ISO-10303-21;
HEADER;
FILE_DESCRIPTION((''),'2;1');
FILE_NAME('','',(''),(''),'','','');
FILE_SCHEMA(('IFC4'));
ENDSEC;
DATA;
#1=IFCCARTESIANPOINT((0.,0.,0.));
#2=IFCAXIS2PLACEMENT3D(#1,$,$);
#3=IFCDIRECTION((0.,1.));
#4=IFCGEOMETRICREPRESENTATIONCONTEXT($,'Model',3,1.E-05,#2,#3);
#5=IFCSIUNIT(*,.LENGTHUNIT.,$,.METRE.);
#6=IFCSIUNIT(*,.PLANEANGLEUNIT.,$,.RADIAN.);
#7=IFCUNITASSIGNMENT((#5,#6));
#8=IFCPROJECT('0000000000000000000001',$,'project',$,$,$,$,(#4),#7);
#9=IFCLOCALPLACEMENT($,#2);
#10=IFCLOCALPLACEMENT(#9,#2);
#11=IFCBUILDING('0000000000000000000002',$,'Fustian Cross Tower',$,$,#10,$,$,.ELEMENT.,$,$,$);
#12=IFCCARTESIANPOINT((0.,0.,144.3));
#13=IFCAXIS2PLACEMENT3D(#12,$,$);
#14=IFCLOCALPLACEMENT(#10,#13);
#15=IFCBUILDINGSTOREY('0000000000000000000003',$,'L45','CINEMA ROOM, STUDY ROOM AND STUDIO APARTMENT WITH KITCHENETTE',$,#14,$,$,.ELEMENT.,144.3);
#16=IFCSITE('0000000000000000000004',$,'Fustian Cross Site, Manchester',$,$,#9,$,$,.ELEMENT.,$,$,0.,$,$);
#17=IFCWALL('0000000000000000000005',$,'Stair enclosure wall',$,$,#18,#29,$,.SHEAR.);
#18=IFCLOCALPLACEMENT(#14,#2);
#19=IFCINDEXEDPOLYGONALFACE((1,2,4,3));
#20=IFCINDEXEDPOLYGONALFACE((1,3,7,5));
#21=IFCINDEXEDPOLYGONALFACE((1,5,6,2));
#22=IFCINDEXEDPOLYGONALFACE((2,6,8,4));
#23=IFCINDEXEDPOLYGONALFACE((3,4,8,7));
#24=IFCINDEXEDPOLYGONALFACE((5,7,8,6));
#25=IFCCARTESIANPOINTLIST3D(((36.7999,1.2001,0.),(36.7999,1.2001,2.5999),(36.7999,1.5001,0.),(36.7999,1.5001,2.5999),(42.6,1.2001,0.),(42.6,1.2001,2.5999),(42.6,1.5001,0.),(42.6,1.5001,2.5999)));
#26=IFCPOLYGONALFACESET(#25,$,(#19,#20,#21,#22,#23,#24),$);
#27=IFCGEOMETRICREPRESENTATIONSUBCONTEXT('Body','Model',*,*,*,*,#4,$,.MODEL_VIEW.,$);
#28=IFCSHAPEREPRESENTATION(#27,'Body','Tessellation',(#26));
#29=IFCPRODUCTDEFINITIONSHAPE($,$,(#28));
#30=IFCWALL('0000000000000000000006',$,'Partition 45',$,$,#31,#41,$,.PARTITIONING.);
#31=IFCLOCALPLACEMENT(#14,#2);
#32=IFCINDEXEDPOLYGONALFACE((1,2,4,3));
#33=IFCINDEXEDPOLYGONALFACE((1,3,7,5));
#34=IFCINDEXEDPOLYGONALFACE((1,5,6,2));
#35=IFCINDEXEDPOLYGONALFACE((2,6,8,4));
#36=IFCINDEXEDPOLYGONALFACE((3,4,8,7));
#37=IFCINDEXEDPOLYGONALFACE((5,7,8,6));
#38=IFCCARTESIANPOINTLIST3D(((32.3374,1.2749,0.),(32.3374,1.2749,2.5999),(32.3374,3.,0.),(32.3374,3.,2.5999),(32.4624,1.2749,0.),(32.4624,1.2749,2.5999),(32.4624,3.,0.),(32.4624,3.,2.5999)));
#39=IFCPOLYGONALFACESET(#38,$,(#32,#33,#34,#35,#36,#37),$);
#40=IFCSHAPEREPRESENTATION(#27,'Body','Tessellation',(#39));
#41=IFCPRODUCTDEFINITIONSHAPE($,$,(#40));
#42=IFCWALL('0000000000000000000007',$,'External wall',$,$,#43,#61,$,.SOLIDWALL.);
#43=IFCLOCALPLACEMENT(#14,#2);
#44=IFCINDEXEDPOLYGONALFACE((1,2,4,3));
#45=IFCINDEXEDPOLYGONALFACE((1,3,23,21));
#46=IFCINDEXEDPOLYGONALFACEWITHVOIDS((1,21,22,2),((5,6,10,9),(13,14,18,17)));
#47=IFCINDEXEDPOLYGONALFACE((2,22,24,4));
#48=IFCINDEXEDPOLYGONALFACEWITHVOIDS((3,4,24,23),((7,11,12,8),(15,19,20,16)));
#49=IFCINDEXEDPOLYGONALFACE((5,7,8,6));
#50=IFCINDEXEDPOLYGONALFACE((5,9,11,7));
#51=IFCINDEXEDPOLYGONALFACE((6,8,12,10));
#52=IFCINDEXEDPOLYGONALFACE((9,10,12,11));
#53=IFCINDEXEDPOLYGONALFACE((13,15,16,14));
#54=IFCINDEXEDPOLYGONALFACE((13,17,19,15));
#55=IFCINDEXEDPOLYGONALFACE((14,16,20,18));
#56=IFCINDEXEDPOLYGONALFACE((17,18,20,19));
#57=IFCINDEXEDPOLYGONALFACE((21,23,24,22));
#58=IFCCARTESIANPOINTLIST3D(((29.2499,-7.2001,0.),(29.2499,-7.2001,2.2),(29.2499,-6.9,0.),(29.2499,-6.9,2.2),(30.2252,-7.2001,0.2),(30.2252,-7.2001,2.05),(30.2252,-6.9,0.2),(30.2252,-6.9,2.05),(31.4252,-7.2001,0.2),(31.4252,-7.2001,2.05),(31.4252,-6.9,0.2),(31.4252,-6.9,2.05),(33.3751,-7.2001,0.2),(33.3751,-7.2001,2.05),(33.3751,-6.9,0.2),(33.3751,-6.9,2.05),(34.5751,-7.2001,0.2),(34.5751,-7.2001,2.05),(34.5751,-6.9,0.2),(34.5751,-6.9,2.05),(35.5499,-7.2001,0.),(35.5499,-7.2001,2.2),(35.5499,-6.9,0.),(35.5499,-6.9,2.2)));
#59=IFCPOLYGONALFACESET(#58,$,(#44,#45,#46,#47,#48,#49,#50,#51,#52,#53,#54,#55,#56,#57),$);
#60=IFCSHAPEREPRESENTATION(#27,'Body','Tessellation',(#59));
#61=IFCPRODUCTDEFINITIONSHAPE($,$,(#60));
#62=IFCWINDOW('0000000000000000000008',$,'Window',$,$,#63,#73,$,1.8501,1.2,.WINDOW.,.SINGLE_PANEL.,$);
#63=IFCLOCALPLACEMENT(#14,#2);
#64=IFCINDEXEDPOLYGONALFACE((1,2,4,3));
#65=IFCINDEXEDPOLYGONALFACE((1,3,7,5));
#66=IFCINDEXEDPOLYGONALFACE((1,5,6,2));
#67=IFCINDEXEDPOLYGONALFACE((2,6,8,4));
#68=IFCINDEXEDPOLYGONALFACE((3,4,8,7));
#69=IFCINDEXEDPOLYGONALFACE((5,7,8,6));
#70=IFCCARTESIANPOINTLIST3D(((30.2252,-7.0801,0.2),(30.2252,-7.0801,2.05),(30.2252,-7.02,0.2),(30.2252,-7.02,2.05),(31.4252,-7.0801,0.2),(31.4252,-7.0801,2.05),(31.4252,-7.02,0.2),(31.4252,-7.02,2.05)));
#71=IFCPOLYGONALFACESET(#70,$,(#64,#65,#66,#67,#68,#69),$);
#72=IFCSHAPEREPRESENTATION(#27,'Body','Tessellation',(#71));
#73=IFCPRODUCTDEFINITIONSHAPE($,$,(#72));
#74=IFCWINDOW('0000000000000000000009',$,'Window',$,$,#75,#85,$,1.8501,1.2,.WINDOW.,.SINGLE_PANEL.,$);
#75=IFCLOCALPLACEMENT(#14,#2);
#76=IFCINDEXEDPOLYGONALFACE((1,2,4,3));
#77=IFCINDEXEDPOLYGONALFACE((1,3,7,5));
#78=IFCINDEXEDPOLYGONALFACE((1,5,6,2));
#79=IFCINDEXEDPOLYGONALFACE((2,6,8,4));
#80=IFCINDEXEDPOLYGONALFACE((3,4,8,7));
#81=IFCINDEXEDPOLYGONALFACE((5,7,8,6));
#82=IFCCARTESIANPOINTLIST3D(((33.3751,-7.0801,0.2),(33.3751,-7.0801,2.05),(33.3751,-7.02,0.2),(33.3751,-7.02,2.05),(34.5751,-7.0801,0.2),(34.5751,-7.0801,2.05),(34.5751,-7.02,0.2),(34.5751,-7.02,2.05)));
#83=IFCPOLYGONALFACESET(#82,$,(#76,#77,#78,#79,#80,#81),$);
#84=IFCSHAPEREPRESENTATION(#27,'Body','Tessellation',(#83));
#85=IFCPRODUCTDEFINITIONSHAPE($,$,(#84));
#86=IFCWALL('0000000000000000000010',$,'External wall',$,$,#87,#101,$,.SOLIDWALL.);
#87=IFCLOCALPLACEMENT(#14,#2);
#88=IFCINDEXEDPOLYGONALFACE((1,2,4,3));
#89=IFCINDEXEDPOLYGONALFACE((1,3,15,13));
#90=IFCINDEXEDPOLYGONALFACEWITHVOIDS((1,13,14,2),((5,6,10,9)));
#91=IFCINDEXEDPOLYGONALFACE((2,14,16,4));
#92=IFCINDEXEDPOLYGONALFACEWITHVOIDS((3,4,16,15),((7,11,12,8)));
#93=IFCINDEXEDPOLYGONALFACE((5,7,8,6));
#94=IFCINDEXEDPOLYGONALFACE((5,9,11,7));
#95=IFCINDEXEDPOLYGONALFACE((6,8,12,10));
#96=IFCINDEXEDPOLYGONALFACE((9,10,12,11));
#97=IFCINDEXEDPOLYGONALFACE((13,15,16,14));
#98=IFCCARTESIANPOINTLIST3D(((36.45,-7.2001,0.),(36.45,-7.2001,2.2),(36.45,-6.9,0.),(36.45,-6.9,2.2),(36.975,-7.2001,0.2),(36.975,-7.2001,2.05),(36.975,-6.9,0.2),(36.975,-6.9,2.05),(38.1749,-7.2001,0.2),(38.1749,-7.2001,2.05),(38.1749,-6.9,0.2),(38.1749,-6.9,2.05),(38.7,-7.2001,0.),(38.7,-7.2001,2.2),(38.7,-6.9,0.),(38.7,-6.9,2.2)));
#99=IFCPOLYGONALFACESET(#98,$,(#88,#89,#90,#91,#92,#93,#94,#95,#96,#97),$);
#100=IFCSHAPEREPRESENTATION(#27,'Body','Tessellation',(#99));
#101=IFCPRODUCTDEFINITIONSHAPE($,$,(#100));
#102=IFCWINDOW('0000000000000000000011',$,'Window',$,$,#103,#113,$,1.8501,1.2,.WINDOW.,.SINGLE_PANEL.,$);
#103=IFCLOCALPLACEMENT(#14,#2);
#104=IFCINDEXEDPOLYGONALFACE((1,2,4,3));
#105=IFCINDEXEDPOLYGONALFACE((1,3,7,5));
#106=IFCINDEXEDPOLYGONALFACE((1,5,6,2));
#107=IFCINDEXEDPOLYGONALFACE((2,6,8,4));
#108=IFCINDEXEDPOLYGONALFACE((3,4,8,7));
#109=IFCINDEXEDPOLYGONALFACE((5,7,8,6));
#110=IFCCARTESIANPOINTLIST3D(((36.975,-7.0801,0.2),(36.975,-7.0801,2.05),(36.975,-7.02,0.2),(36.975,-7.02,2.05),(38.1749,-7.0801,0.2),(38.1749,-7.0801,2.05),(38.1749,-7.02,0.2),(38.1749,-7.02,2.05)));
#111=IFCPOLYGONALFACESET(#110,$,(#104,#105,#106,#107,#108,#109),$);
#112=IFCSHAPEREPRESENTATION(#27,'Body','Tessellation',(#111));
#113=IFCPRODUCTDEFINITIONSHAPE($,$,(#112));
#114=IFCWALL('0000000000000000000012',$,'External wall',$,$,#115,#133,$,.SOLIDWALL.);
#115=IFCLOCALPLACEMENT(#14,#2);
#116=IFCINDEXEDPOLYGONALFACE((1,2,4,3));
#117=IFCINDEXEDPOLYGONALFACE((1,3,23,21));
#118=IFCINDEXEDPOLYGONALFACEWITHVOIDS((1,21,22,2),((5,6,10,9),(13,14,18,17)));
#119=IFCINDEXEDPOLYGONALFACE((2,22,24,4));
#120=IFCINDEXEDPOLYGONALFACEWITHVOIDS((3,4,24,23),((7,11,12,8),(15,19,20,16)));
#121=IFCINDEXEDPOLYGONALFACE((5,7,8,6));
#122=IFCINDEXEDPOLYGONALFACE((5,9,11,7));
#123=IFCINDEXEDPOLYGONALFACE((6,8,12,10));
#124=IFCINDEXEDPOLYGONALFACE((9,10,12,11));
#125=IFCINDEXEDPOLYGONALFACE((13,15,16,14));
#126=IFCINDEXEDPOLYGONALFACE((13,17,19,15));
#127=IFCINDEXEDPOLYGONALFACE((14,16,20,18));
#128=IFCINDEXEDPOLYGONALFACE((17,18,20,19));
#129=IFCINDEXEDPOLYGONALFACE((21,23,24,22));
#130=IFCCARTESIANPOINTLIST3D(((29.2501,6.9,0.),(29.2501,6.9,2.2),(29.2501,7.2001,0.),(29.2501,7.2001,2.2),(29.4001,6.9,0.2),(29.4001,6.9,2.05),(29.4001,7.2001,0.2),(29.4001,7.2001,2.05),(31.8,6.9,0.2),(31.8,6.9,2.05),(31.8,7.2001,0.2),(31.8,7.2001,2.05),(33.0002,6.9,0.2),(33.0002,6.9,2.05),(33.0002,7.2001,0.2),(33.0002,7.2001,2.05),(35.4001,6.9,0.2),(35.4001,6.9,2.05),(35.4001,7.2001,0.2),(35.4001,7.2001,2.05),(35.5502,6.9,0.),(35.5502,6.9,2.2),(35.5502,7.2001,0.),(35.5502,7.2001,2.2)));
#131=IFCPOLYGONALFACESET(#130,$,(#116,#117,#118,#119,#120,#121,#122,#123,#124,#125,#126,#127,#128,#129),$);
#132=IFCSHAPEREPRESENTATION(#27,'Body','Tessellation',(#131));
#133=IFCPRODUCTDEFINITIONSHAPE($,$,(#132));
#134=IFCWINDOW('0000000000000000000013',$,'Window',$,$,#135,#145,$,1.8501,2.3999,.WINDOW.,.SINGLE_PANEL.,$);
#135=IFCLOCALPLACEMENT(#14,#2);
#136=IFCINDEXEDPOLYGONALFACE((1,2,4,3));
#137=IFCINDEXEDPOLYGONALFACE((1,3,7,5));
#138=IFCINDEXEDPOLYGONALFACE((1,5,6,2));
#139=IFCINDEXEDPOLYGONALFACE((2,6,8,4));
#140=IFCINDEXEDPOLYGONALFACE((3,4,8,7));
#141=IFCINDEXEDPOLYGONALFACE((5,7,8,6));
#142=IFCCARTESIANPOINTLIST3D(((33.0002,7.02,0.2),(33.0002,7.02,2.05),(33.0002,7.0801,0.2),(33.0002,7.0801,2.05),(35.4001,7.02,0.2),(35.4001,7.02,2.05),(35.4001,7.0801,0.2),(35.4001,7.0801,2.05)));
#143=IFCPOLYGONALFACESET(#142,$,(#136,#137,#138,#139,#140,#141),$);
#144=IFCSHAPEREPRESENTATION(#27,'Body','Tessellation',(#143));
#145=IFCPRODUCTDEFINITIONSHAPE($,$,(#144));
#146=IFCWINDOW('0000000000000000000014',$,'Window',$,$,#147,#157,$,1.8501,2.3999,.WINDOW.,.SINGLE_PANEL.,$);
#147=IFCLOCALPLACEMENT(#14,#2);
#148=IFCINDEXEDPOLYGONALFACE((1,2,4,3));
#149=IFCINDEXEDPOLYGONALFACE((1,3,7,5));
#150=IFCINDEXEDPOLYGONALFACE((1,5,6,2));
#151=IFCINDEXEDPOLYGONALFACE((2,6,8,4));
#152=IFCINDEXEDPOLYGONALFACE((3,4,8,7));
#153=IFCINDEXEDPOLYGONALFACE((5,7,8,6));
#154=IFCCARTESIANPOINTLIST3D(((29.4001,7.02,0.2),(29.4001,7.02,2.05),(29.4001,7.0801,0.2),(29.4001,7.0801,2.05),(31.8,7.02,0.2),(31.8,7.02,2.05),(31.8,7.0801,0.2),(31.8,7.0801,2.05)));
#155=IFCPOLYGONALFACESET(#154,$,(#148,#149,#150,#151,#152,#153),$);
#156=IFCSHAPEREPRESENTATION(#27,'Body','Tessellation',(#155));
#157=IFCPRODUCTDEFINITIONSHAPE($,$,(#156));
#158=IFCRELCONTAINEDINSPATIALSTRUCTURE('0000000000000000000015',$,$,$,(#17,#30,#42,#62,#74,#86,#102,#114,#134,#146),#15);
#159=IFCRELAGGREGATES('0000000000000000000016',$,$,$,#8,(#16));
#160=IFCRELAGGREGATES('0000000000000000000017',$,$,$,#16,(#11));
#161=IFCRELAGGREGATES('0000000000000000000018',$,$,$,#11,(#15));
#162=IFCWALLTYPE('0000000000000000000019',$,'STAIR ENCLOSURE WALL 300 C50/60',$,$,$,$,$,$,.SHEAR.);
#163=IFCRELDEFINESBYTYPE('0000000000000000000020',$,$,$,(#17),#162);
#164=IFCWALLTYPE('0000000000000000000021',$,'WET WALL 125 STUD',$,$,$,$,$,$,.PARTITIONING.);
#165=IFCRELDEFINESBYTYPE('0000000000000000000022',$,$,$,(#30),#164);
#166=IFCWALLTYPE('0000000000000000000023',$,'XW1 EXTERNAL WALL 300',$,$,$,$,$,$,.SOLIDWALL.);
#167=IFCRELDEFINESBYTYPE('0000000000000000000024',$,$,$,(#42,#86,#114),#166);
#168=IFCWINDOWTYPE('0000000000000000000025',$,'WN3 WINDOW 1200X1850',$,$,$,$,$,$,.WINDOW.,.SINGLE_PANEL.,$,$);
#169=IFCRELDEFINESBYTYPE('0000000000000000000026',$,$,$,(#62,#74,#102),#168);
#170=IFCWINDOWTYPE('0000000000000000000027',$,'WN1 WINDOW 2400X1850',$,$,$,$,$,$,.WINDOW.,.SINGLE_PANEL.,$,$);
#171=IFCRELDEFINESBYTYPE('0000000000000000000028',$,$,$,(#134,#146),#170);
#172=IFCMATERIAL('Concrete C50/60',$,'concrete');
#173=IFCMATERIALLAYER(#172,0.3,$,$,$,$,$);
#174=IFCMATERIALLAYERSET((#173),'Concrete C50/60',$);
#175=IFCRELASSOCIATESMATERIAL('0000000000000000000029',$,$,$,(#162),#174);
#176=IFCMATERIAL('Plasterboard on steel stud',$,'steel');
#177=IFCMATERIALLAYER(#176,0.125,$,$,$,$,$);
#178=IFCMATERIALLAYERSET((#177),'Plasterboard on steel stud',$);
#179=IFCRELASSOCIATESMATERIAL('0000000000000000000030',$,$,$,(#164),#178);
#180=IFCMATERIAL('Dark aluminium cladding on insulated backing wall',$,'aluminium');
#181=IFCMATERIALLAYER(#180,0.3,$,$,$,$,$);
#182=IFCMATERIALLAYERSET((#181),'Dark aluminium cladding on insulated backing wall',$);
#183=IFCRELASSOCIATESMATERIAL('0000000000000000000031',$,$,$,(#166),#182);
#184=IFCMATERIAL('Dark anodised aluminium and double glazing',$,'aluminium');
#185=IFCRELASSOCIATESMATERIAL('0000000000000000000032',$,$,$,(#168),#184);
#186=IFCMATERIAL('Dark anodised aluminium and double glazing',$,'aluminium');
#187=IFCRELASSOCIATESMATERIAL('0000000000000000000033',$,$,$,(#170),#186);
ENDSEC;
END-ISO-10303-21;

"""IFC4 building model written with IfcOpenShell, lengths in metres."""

from ifc_helpers import new_model, si_unit, direction, frame, frame_2d, origin, place, context, subcontext, project, spatial, rectangle, extrude, material, layer, layer_set, type_object, element, fill, save


model = new_model("IFC4")

# Units and contexts
model_context = context("Model", 3, precision=1e-05, world=origin(), true_north=direction((0.0, 1.0)))
body_context = subcontext(model_context, "Body", "Model", "MODEL_VIEW")
ifc_project = project(units=[si_unit("LENGTHUNIT", "METRE"), si_unit("PLANEANGLEUNIT", "RADIAN")], contexts=[model_context])

# Site, building, storey
site_placement = place(None, origin())
site = spatial("IfcSite", under=ifc_project, at=site_placement, Name="Fustian Cross Site, Manchester", CompositionType="ELEMENT", RefElevation=0.0)
building_placement = place(site_placement, origin())
building = spatial("IfcBuilding", under=site, at=building_placement, Name="Fustian Cross Tower", CompositionType="ELEMENT")
storey_placement = place(building_placement, frame((0.0, 0.0, 144.3)))
storey = spatial("IfcBuildingStorey", under=building, at=storey_placement, Name="L45", Description="CINEMA ROOM, STUDY ROOM AND STUDIO APARTMENT WITH KITCHENETTE", CompositionType="ELEMENT", Elevation=144.3)

# Shared definitions
ifc_material_1 = material(Name="Concrete C50/60", Category="concrete")
ifc_layer_1 = layer(ifc_material_1, 0.3)
ifc_layer_set_1 = layer_set([ifc_layer_1], Name="Concrete C50/60")
wall_type_1 = type_object("IfcWallType", Name="STAIR ENCLOSURE WALL 300 C50/60", PredefinedType="SHEAR", material=ifc_layer_set_1)

# Walls
for number, where, z_axis, x_axis, name in (
    (1, (36.8, 1.3501, 0.0), (0.0, 0.0, 1.0), (1.0, 0.0, 0.0), "Stair enclosure wall"),
):
    element("IfcWall", number, at=place(storey_placement, frame(where, z_axis=z_axis, x_axis=x_axis)), inside=storey, type_object=wall_type_1, Name=name, PredefinedType="SHEAR", context=body_context, shape_type="SweptSolid", body=[
        extrude(rectangle(XDim=5.8, YDim=0.3, at=frame_2d((2.8999, 0.0))), origin(), (0.0, 0.0, 1.0), 2.5999),
    ])
ifc_material_2 = material(Name="Plasterboard on steel stud", Category="steel")
ifc_layer_2 = layer(ifc_material_2, 0.125)
ifc_layer_set_2 = layer_set([ifc_layer_2], Name="Plasterboard on steel stud")
wall_type_2 = type_object("IfcWallType", Name="WET WALL 125 STUD", PredefinedType="PARTITIONING", material=ifc_layer_set_2)
wall_1_placement = place(storey_placement, frame((32.3999, 1.2749, 0.0), z_axis=(0.0, 0.0, 1.0), x_axis=(0.0, 1.0, 0.0)))
element("IfcWall", 2, at=wall_1_placement, inside=storey, type_object=wall_type_2, Name="Partition 45", PredefinedType="PARTITIONING", context=body_context, shape_type="SweptSolid", body=[
    extrude(rectangle(XDim=1.7251, YDim=0.125, at=frame_2d((0.8625, 0.0))), origin(), (0.0, 0.0, 1.0), 2.5999),
])

# Wall, openings, windows
ifc_material_3 = material(Name="Dark aluminium cladding on insulated backing wall", Category="aluminium")
ifc_layer_3 = layer(ifc_material_3, 0.3)
ifc_layer_set_3 = layer_set([ifc_layer_3], Name="Dark aluminium cladding on insulated backing wall")
wall_type_3 = type_object("IfcWallType", Name="XW1 EXTERNAL WALL 300", PredefinedType="SOLIDWALL", material=ifc_layer_set_3)
wall_2_placement = place(storey_placement, frame((29.25, -7.05, 0.0), z_axis=(0.0, 0.0, 1.0), x_axis=(1.0, 0.0, 0.0)))
wall_2 = element("IfcWall", 3, at=wall_2_placement, inside=storey, type_object=wall_type_3, Name="External wall", PredefinedType="SOLIDWALL", context=body_context, shape_type="SweptSolid", body=[
    extrude(rectangle(XDim=6.3, YDim=0.3, at=frame_2d((3.1499, 0.0))), origin(), (0.0, 0.0, 1.0), 2.2),
])
opening_1_placement = place(wall_2_placement, frame((0.9751, 0.0, 0.2)))
opening_1 = element("IfcOpeningElement", 4, at=opening_1_placement, cuts=wall_2, PredefinedType="OPENING", context=body_context, shape_type="SweptSolid", body=[
    extrude(rectangle(XDim=1.2, YDim=1.8501, at=frame_2d((0.6001, 0.925))), frame((0.0, 0.1599, 0.0), z_axis=(0.0, -1.0, 0.0), x_axis=(1.0, 0.0, 0.0)), (0.0, 0.0, 1.0), 0.3201),
])
opening_2_placement = place(wall_2_placement, frame((4.125, 0.0, 0.2)))
opening_2 = element("IfcOpeningElement", 5, at=opening_2_placement, cuts=wall_2, PredefinedType="OPENING", context=body_context, shape_type="SweptSolid", body=[
    extrude(rectangle(XDim=1.2, YDim=1.8501, at=frame_2d((0.6001, 0.925))), frame((0.0, 0.1599, 0.0), z_axis=(0.0, -1.0, 0.0), x_axis=(1.0, 0.0, 0.0)), (0.0, 0.0, 1.0), 0.3201),
])
ifc_material_4 = material(Name="Dark anodised aluminium and double glazing", Category="aluminium")
window_type_1 = type_object("IfcWindowType", Name="WN3 WINDOW 1200X1850", PartitioningType="SINGLE_PANEL", PredefinedType="WINDOW", material=ifc_material_4)
window_1_placement = place(opening_1_placement, origin())
window_1 = element("IfcWindow", 6, at=window_1_placement, inside=storey, type_object=window_type_1, Name="Window", OverallHeight=1.8501, OverallWidth=1.2, PartitioningType="SINGLE_PANEL", PredefinedType="WINDOW", context=body_context, shape_type="SweptSolid", body=[
    extrude(rectangle(XDim=1.2, YDim=1.8501, at=frame_2d((0.6001, 0.925))), frame((0.0, 0.03, 0.0), z_axis=(0.0, -1.0, 0.0), x_axis=(1.0, 0.0, 0.0)), (0.0, 0.0, 1.0), 0.0601),
])
fill(opening_1, window_1)
window_2_placement = place(opening_2_placement, origin())
window_2 = element("IfcWindow", 7, at=window_2_placement, inside=storey, type_object=window_type_1, Name="Window", OverallHeight=1.8501, OverallWidth=1.2, PartitioningType="SINGLE_PANEL", PredefinedType="WINDOW", context=body_context, shape_type="SweptSolid", body=[
    extrude(rectangle(XDim=1.2, YDim=1.8501, at=frame_2d((0.6001, 0.925))), frame((0.0, 0.03, 0.0), z_axis=(0.0, -1.0, 0.0), x_axis=(1.0, 0.0, 0.0)), (0.0, 0.0, 1.0), 0.0601),
])
fill(opening_2, window_2)

# Wall, opening, window
wall_3_placement = place(storey_placement, frame((36.45, -7.05, 0.0), z_axis=(0.0, 0.0, 1.0), x_axis=(1.0, 0.0, 0.0)))
wall_3 = element("IfcWall", 8, at=wall_3_placement, inside=storey, type_object=wall_type_3, Name="External wall", PredefinedType="SOLIDWALL", context=body_context, shape_type="SweptSolid", body=[
    extrude(rectangle(XDim=2.25, YDim=0.3, at=frame_2d((1.125, 0.0))), origin(), (0.0, 0.0, 1.0), 2.2),
])
opening_3_placement = place(wall_3_placement, frame((0.5249, 0.0, 0.2)))
opening_3 = element("IfcOpeningElement", 9, at=opening_3_placement, cuts=wall_3, PredefinedType="OPENING", context=body_context, shape_type="SweptSolid", body=[
    extrude(rectangle(XDim=1.2, YDim=1.8501, at=frame_2d((0.6001, 0.925))), frame((0.0, 0.1599, 0.0), z_axis=(0.0, -1.0, 0.0), x_axis=(1.0, 0.0, 0.0)), (0.0, 0.0, 1.0), 0.3201),
])
window_3_placement = place(opening_3_placement, origin())
window_3 = element("IfcWindow", 10, at=window_3_placement, inside=storey, type_object=window_type_1, Name="Window", OverallHeight=1.8501, OverallWidth=1.2, PartitioningType="SINGLE_PANEL", PredefinedType="WINDOW", context=body_context, shape_type="SweptSolid", body=[
    extrude(rectangle(XDim=1.2, YDim=1.8501, at=frame_2d((0.6001, 0.925))), frame((0.0, 0.03, 0.0), z_axis=(0.0, -1.0, 0.0), x_axis=(1.0, 0.0, 0.0)), (0.0, 0.0, 1.0), 0.0601),
])
fill(opening_3, window_3)

# Wall, openings, windows
wall_4_placement = place(storey_placement, frame((35.55, 7.05, 0.0), z_axis=(0.0, 0.0, 1.0), x_axis=(-1.0, 0.0, 0.0)))
wall_4 = element("IfcWall", 11, at=wall_4_placement, inside=storey, type_object=wall_type_3, Name="External wall", PredefinedType="SOLIDWALL", context=body_context, shape_type="SweptSolid", body=[
    extrude(rectangle(XDim=6.3, YDim=0.3, at=frame_2d((3.1499, 0.0))), origin(), (0.0, 0.0, 1.0), 2.2),
])
opening_4_placement = place(wall_4_placement, frame((0.1499, 0.0, 0.2)))
opening_4 = element("IfcOpeningElement", 12, at=opening_4_placement, cuts=wall_4, PredefinedType="OPENING", context=body_context, shape_type="SweptSolid", body=[
    extrude(rectangle(XDim=2.3999, YDim=1.8501, at=frame_2d((1.2, 0.925))), frame((0.0, 0.1599, 0.0), z_axis=(0.0, -1.0, 0.0), x_axis=(1.0, 0.0, 0.0)), (0.0, 0.0, 1.0), 0.3201),
])
opening_5_placement = place(wall_4_placement, frame((3.75, 0.0, 0.2)))
opening_5 = element("IfcOpeningElement", 13, at=opening_5_placement, cuts=wall_4, PredefinedType="OPENING", context=body_context, shape_type="SweptSolid", body=[
    extrude(rectangle(XDim=2.3999, YDim=1.8501, at=frame_2d((1.2, 0.925))), frame((0.0, 0.1599, 0.0), z_axis=(0.0, -1.0, 0.0), x_axis=(1.0, 0.0, 0.0)), (0.0, 0.0, 1.0), 0.3201),
])
ifc_material_5 = material(Name="Dark anodised aluminium and double glazing", Category="aluminium")
window_type_2 = type_object("IfcWindowType", Name="WN1 WINDOW 2400X1850", PartitioningType="SINGLE_PANEL", PredefinedType="WINDOW", material=ifc_material_5)
window_4_placement = place(opening_4_placement, origin())
window_4 = element("IfcWindow", 14, at=window_4_placement, inside=storey, type_object=window_type_2, Name="Window", OverallHeight=1.8501, OverallWidth=2.3999, PartitioningType="SINGLE_PANEL", PredefinedType="WINDOW", context=body_context, shape_type="SweptSolid", body=[
    extrude(rectangle(XDim=2.3999, YDim=1.8501, at=frame_2d((1.2, 0.925))), frame((0.0, 0.03, 0.0), z_axis=(0.0, -1.0, 0.0), x_axis=(1.0, 0.0, 0.0)), (0.0, 0.0, 1.0), 0.0601),
])
fill(opening_4, window_4)
window_5_placement = place(opening_5_placement, origin())
window_5 = element("IfcWindow", 15, at=window_5_placement, inside=storey, type_object=window_type_2, Name="Window", OverallHeight=1.8501, OverallWidth=2.3999, PartitioningType="SINGLE_PANEL", PredefinedType="WINDOW", context=body_context, shape_type="SweptSolid", body=[
    extrude(rectangle(XDim=2.3999, YDim=1.8501, at=frame_2d((1.2, 0.925))), frame((0.0, 0.03, 0.0), z_axis=(0.0, -1.0, 0.0), x_axis=(1.0, 0.0, 0.0)), (0.0, 0.0, 1.0), 0.0601),
])
fill(opening_5, window_5)

save(model, "model.ifc")
